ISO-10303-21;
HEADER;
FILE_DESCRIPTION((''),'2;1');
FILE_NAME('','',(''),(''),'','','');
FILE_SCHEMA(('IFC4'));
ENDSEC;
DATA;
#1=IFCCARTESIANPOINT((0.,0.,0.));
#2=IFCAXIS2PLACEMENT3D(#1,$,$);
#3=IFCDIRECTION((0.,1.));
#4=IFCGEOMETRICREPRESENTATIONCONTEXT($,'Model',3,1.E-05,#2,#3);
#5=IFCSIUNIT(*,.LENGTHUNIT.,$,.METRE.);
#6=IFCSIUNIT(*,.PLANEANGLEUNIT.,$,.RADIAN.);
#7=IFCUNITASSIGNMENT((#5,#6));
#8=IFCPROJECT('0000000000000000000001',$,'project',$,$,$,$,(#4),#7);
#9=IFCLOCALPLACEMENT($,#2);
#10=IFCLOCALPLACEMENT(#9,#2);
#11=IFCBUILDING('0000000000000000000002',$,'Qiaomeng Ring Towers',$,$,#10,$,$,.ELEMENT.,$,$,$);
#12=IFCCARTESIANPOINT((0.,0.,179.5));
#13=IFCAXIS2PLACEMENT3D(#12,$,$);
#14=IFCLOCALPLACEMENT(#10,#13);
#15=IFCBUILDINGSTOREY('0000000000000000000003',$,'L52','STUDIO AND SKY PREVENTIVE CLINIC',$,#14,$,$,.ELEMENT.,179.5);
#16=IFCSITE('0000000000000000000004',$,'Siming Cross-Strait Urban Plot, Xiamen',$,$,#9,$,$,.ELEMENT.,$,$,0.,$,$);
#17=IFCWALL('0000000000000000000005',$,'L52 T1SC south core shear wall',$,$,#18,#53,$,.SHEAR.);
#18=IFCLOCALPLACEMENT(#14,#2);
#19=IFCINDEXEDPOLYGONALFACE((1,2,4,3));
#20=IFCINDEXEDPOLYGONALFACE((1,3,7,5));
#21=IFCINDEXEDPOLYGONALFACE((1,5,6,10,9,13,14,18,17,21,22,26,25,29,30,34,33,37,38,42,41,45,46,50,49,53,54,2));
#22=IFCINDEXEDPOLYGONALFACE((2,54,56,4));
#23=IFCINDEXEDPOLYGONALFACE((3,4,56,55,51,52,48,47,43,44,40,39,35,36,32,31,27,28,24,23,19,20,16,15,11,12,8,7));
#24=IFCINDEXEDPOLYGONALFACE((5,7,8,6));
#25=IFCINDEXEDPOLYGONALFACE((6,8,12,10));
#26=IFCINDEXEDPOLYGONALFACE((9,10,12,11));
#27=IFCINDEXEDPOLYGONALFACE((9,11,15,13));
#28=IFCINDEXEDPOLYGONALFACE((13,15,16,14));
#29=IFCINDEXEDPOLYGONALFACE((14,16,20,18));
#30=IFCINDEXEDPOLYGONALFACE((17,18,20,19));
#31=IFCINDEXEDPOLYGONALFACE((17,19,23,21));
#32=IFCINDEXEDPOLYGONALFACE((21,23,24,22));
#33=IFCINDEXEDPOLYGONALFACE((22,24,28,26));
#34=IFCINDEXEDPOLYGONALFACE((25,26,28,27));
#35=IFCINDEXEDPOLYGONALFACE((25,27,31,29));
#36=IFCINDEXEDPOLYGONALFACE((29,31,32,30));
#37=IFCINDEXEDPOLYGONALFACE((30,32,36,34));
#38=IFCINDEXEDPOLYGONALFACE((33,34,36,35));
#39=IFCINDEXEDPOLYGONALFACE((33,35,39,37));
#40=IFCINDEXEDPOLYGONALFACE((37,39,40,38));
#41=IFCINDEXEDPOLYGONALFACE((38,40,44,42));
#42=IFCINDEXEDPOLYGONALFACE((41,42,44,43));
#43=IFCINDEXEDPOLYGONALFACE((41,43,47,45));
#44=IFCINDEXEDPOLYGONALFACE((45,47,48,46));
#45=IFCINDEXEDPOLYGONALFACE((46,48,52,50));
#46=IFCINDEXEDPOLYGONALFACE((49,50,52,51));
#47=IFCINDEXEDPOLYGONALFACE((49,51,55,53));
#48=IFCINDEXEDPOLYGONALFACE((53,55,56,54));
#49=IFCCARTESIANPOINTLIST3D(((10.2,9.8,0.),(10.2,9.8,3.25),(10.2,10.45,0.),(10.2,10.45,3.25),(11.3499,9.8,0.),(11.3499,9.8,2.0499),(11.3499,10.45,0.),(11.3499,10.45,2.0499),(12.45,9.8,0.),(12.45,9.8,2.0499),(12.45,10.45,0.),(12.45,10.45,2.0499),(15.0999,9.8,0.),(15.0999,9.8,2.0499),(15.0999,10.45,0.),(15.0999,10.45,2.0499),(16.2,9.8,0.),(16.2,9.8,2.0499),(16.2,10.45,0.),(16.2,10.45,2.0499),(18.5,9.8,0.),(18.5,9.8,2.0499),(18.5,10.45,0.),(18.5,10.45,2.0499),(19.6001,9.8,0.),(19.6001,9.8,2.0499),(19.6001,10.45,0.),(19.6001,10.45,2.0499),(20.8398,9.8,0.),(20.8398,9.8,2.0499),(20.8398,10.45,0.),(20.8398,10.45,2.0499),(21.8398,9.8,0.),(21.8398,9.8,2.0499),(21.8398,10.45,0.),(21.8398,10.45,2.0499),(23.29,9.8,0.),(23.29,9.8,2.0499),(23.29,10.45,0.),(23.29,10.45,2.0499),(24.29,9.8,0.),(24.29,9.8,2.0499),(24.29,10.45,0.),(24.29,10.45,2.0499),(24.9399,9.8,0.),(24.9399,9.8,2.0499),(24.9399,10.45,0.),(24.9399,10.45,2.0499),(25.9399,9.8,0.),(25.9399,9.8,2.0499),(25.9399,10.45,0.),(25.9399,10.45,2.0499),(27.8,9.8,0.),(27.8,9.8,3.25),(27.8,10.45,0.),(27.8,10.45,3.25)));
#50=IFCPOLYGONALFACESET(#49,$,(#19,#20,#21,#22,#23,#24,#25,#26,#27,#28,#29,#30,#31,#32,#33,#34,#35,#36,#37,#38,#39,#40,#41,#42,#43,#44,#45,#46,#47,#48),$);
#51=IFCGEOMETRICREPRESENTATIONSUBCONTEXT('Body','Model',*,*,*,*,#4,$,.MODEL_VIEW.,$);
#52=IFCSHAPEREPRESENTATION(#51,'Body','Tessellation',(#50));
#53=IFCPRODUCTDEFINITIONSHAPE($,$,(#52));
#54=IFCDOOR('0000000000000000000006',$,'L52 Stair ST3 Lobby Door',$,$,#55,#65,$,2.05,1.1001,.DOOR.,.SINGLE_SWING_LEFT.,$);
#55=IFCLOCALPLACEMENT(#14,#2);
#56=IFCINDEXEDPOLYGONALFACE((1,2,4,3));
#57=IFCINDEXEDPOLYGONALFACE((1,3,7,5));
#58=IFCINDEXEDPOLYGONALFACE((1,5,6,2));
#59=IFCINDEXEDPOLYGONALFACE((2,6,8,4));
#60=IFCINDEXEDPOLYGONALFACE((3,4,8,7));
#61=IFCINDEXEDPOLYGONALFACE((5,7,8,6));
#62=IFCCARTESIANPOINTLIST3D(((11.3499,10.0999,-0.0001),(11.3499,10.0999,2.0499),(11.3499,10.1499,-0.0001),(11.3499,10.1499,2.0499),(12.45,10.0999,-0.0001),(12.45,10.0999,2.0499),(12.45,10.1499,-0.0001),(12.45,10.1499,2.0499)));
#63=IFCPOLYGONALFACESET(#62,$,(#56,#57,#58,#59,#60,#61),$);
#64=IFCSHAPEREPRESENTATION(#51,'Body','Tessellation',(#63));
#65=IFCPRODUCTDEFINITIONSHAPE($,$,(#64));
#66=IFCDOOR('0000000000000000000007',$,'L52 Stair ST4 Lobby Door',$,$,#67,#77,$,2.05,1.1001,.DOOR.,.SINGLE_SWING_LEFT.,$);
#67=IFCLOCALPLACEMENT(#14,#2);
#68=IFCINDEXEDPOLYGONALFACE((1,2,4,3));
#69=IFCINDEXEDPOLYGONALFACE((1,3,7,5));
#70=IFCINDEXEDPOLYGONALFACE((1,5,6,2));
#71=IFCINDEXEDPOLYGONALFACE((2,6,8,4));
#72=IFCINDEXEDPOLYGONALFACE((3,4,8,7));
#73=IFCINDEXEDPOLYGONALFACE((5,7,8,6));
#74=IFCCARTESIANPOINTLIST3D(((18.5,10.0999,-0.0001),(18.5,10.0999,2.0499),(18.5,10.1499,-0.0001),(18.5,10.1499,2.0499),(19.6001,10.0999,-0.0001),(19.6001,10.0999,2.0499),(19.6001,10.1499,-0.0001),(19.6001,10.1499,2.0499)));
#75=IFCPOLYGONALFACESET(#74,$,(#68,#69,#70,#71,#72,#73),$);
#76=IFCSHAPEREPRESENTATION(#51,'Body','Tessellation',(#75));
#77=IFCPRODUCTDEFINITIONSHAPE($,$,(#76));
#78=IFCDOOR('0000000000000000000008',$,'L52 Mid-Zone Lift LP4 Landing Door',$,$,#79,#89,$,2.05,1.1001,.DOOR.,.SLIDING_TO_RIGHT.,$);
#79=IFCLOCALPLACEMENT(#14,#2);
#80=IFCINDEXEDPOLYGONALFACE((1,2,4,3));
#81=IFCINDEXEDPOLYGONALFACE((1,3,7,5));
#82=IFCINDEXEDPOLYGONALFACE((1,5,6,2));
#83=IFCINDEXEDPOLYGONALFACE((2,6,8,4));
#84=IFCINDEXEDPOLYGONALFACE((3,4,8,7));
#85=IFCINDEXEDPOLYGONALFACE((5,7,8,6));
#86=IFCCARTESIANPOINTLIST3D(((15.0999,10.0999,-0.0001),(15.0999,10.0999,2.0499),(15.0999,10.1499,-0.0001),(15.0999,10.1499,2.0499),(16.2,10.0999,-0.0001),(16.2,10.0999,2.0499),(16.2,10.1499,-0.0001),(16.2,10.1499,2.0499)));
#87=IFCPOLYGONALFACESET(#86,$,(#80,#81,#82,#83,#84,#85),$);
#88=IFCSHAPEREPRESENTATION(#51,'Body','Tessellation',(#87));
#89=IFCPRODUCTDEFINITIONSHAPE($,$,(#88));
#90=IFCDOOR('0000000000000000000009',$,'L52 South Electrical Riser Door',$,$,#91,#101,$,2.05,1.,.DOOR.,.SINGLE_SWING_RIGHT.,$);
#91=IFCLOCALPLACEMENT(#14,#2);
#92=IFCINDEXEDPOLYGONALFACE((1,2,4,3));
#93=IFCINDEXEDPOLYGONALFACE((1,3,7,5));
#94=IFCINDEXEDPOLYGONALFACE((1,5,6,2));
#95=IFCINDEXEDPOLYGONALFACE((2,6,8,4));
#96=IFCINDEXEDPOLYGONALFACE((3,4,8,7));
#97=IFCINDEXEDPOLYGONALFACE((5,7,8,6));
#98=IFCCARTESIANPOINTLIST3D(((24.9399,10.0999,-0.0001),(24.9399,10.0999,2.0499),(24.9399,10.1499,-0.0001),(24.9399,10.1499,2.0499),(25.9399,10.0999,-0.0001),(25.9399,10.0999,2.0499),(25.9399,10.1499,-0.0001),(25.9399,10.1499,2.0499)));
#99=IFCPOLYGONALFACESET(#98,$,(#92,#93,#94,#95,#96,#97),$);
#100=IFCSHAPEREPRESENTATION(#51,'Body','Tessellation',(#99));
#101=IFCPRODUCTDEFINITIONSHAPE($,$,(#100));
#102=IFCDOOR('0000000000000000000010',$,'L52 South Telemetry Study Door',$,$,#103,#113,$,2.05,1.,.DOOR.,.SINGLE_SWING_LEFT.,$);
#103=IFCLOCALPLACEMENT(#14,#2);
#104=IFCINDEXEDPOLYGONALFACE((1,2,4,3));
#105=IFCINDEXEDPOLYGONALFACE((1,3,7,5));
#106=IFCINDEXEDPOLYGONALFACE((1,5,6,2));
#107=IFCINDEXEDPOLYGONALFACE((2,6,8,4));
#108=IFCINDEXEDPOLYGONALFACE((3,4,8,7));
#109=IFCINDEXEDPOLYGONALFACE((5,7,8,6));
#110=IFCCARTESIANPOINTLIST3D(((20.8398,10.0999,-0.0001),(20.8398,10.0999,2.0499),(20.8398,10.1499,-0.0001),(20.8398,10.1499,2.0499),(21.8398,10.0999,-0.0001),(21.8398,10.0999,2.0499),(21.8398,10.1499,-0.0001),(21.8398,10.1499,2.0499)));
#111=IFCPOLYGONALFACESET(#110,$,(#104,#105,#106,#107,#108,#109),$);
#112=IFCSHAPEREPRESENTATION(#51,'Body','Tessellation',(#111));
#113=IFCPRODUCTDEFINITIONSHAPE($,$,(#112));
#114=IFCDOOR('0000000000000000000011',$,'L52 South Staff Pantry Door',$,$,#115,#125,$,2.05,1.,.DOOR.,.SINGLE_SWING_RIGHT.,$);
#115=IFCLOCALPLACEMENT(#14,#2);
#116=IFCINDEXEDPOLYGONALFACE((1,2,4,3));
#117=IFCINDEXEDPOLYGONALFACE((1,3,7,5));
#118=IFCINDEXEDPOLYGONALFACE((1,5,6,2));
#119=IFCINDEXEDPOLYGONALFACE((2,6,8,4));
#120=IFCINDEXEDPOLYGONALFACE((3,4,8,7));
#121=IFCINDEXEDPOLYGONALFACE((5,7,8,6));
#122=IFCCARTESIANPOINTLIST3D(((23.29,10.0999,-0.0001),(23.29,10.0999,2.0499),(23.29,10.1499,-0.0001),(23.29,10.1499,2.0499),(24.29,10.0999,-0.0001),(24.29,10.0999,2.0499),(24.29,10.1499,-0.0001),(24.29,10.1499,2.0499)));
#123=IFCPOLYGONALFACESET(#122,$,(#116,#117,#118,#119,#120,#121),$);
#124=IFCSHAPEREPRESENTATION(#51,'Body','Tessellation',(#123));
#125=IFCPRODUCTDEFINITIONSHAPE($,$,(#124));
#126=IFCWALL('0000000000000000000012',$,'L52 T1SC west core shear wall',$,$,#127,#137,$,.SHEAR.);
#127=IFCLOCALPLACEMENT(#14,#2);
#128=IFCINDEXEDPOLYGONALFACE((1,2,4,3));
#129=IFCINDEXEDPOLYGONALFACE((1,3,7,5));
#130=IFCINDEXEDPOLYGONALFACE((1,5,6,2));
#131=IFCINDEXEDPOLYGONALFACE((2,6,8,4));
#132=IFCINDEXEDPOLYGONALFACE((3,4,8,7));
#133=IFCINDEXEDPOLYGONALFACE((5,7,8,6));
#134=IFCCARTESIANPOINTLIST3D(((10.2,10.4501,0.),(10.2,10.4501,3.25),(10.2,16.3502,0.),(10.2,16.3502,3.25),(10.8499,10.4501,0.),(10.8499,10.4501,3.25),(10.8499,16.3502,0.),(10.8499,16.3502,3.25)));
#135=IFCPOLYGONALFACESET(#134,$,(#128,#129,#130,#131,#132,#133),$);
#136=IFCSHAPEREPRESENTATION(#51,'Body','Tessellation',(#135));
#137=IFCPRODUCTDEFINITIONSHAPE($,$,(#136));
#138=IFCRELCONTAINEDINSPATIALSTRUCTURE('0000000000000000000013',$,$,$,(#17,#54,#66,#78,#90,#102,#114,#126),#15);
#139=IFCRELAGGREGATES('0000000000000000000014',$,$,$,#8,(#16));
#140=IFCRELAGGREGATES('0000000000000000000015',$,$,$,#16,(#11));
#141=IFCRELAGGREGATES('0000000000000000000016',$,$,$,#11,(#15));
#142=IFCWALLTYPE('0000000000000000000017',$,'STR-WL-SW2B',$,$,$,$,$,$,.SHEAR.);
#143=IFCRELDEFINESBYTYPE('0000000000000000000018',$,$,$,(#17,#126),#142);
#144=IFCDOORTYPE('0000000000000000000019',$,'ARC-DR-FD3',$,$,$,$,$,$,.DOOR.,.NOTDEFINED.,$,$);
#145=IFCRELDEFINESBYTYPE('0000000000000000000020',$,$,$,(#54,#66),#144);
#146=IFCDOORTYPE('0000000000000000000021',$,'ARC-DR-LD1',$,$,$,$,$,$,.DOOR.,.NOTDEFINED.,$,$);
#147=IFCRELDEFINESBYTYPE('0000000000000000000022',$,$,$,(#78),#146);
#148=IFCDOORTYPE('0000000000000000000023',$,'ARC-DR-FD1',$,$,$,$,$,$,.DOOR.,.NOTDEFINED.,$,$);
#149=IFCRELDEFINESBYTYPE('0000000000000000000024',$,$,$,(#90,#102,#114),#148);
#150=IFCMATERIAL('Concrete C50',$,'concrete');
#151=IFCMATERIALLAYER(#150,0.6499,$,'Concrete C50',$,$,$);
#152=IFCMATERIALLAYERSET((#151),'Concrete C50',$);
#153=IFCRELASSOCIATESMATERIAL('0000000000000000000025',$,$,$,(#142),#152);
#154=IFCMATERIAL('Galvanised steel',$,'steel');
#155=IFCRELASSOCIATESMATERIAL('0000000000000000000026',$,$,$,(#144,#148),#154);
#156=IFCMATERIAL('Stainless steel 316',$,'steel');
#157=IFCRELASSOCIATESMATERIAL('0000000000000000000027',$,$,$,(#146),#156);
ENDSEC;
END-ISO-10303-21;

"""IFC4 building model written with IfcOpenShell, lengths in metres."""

from ifc_helpers import new_model, si_unit, direction, frame, frame_2d, origin, place, context, subcontext, project, spatial, rectangle, extrude, source, transform, mapped, material, layer, layer_set, type_object, element, fill, save


model = new_model("IFC4")

# Units and contexts
model_context = context("Model", 3, precision=1e-05, world=origin(), true_north=direction((0.0, 1.0)))
body_context = subcontext(model_context, "Body", "Model", "MODEL_VIEW")
ifc_project = project(units=[si_unit("LENGTHUNIT", "METRE"), si_unit("PLANEANGLEUNIT", "RADIAN")], contexts=[model_context])

# Site, building, storey
site_placement = place(None, origin())
site = spatial("IfcSite", under=ifc_project, at=site_placement, Name="Siming Cross-Strait Urban Plot, Xiamen", CompositionType="ELEMENT", RefElevation=0.0)
building_placement = place(site_placement, origin())
building = spatial("IfcBuilding", under=site, at=building_placement, Name="Qiaomeng Ring Towers", CompositionType="ELEMENT")
storey_placement = place(building_placement, frame((0.0, 0.0, 179.5)))
storey = spatial("IfcBuildingStorey", under=building, at=storey_placement, Name="L52", Description="STUDIO AND SKY PREVENTIVE CLINIC", CompositionType="ELEMENT", Elevation=179.5)

# Wall, openings, doors
shared_shape_1 = source(origin(), body_context, "Body", "SweptSolid", [
    extrude(rectangle(XDim=1.0, YDim=2.05, at=frame_2d((0.5, 1.0249))), frame((0.0, 0.0249, 0.0), z_axis=(0.0, -1.0, 0.0), x_axis=(1.0, 0.0, 0.0)), (0.0, 0.0, 1.0), 0.05),
])
ifc_material_1 = material(Name="Concrete C50", Category="concrete")
ifc_layer_1 = layer(ifc_material_1, 0.6499, Name="Concrete C50")
ifc_layer_set_1 = layer_set([ifc_layer_1], Name="Concrete C50")
wall_type_1 = type_object("IfcWallType", Name="STR-WL-SW2B", PredefinedType="SHEAR", material=ifc_layer_set_1)
wall_1_placement = place(storey_placement, frame((10.2, 10.125, 0.0), z_axis=(0.0, 0.0, 1.0), x_axis=(1.0, 0.0, 0.0)))
wall_1 = element("IfcWall", 1, at=wall_1_placement, inside=storey, type_object=wall_type_1, Name="L52 T1SC south core shear wall", PredefinedType="SHEAR", context=body_context, shape_type="SweptSolid", body=[
    extrude(rectangle(XDim=17.6001, YDim=0.6499, at=frame_2d((8.8, 0.0))), origin(), (0.0, 0.0, 1.0), 3.25),
])
opening_1_placement = place(wall_1_placement, frame((1.1499, 0.0, 0.0)))
opening_1 = element("IfcOpeningElement", 2, at=opening_1_placement, cuts=wall_1, PredefinedType="OPENING", context=body_context, shape_type="SweptSolid", body=[
    extrude(rectangle(XDim=1.1001, YDim=2.05, at=frame_2d((0.55, 1.0249))), frame((0.0, 0.335, 0.0), z_axis=(0.0, -1.0, 0.0), x_axis=(1.0, 0.0, 0.0)), (0.0, 0.0, 1.0), 0.6699),
])
opening_2_placement = place(wall_1_placement, frame((8.3, 0.0, 0.0)))
opening_2 = element("IfcOpeningElement", 3, at=opening_2_placement, cuts=wall_1, PredefinedType="OPENING", context=body_context, shape_type="SweptSolid", body=[
    extrude(rectangle(XDim=1.1001, YDim=2.05, at=frame_2d((0.55, 1.0249))), frame((0.0, 0.335, 0.0), z_axis=(0.0, -1.0, 0.0), x_axis=(1.0, 0.0, 0.0)), (0.0, 0.0, 1.0), 0.6699),
])
opening_3_placement = place(wall_1_placement, frame((4.8999, 0.0, 0.0)))
opening_3 = element("IfcOpeningElement", 4, at=opening_3_placement, cuts=wall_1, PredefinedType="OPENING", context=body_context, shape_type="SweptSolid", body=[
    extrude(rectangle(XDim=1.1001, YDim=2.05, at=frame_2d((0.55, 1.0249))), frame((0.0, 0.335, 0.0), z_axis=(0.0, -1.0, 0.0), x_axis=(1.0, 0.0, 0.0)), (0.0, 0.0, 1.0), 0.6699),
])
opening_4_placement = place(wall_1_placement, frame((14.74, 0.0, 0.0)))
opening_4 = element("IfcOpeningElement", 5, at=opening_4_placement, cuts=wall_1, PredefinedType="OPENING", context=body_context, shape_type="SweptSolid", body=[
    extrude(rectangle(XDim=1.0, YDim=2.05, at=frame_2d((0.5, 1.0249))), frame((0.0, 0.335, 0.0), z_axis=(0.0, -1.0, 0.0), x_axis=(1.0, 0.0, 0.0)), (0.0, 0.0, 1.0), 0.6699),
])
opening_5_placement = place(wall_1_placement, frame((10.6399, 0.0, 0.0)))
opening_5 = element("IfcOpeningElement", 6, at=opening_5_placement, cuts=wall_1, PredefinedType="OPENING", context=body_context, shape_type="SweptSolid", body=[
    extrude(rectangle(XDim=1.0, YDim=2.05, at=frame_2d((0.5, 1.0249))), frame((0.0, 0.335, 0.0), z_axis=(0.0, -1.0, 0.0), x_axis=(1.0, 0.0, 0.0)), (0.0, 0.0, 1.0), 0.6699),
])
opening_6_placement = place(wall_1_placement, frame((13.0901, 0.0, 0.0)))
opening_6 = element("IfcOpeningElement", 7, at=opening_6_placement, cuts=wall_1, PredefinedType="OPENING", context=body_context, shape_type="SweptSolid", body=[
    extrude(rectangle(XDim=1.0, YDim=2.05, at=frame_2d((0.5, 1.0249))), frame((0.0, 0.335, 0.0), z_axis=(0.0, -1.0, 0.0), x_axis=(1.0, 0.0, 0.0)), (0.0, 0.0, 1.0), 0.6699),
])
ifc_material_2 = material(Name="Galvanised steel", Category="steel")
door_type_1 = type_object("IfcDoorType", Name="ARC-DR-FD3", OperationType="NOTDEFINED", PredefinedType="DOOR", material=ifc_material_2)
shared_shape_2 = source(origin(), body_context, "Body", "SweptSolid", [
    extrude(rectangle(XDim=1.1001, YDim=2.05, at=frame_2d((0.55, 1.0249))), frame((0.0, 0.0249, 0.0), z_axis=(0.0, -1.0, 0.0), x_axis=(1.0, 0.0, 0.0)), (0.0, 0.0, 1.0), 0.05),
])
door_1_placement = place(opening_1_placement, origin())
door_1 = element("IfcDoor", 8, at=door_1_placement, inside=storey, type_object=door_type_1, Name="L52 Stair ST3 Lobby Door", OperationType="SINGLE_SWING_LEFT", OverallHeight=2.05, OverallWidth=1.1001, PredefinedType="DOOR", context=body_context, shape_type="MappedRepresentation", body=[
    mapped(shared_shape_2, transform((0.0, 0.0, 0.0), x_axis=(1.0, 0.0, 0.0), y_axis=(0.0, 1.0, 0.0), z_axis=(0.0, 0.0, 1.0), scale=1.0)),
])
fill(opening_1, door_1)
door_2_placement = place(opening_2_placement, origin())
door_2 = element("IfcDoor", 9, at=door_2_placement, inside=storey, type_object=door_type_1, Name="L52 Stair ST4 Lobby Door", OperationType="SINGLE_SWING_LEFT", OverallHeight=2.05, OverallWidth=1.1001, PredefinedType="DOOR", context=body_context, shape_type="MappedRepresentation", body=[
    mapped(shared_shape_2, transform((0.0, 0.0, 0.0), x_axis=(1.0, 0.0, 0.0), y_axis=(0.0, 1.0, 0.0), z_axis=(0.0, 0.0, 1.0), scale=1.0)),
])
fill(opening_2, door_2)
ifc_material_3 = material(Name="Stainless steel 316", Category="steel")
door_type_2 = type_object("IfcDoorType", Name="ARC-DR-LD1", OperationType="NOTDEFINED", PredefinedType="DOOR", material=ifc_material_3)
door_3_placement = place(opening_3_placement, origin())
door_3 = element("IfcDoor", 10, at=door_3_placement, inside=storey, type_object=door_type_2, Name="L52 Mid-Zone Lift LP4 Landing Door", OperationType="SLIDING_TO_RIGHT", OverallHeight=2.05, OverallWidth=1.1001, PredefinedType="DOOR", context=body_context, shape_type="MappedRepresentation", body=[
    mapped(shared_shape_2, transform((0.0, 0.0, 0.0), x_axis=(1.0, 0.0, 0.0), y_axis=(0.0, 1.0, 0.0), z_axis=(0.0, 0.0, 1.0), scale=1.0)),
])
fill(opening_3, door_3)
door_type_3 = type_object("IfcDoorType", Name="ARC-DR-FD1", OperationType="NOTDEFINED", PredefinedType="DOOR", material=ifc_material_2)
door_4_placement = place(opening_4_placement, origin())
door_4 = element("IfcDoor", 11, at=door_4_placement, inside=storey, type_object=door_type_3, Name="L52 South Electrical Riser Door", OperationType="SINGLE_SWING_RIGHT", OverallHeight=2.05, OverallWidth=1.0, PredefinedType="DOOR", context=body_context, shape_type="MappedRepresentation", body=[
    mapped(shared_shape_1, transform((0.0, 0.0, 0.0), x_axis=(1.0, 0.0, 0.0), y_axis=(0.0, 1.0, 0.0), z_axis=(0.0, 0.0, 1.0), scale=1.0)),
])
fill(opening_4, door_4)
door_5_placement = place(opening_5_placement, origin())
door_5 = element("IfcDoor", 12, at=door_5_placement, inside=storey, type_object=door_type_3, Name="L52 South Telemetry Study Door", OperationType="SINGLE_SWING_LEFT", OverallHeight=2.05, OverallWidth=1.0, PredefinedType="DOOR", context=body_context, shape_type="MappedRepresentation", body=[
    mapped(shared_shape_1, transform((0.0, 0.0, 0.0), x_axis=(1.0, 0.0, 0.0), y_axis=(0.0, 1.0, 0.0), z_axis=(0.0, 0.0, 1.0), scale=1.0)),
])
fill(opening_5, door_5)
door_6_placement = place(opening_6_placement, origin())
door_6 = element("IfcDoor", 13, at=door_6_placement, inside=storey, type_object=door_type_3, Name="L52 South Staff Pantry Door", OperationType="SINGLE_SWING_RIGHT", OverallHeight=2.05, OverallWidth=1.0, PredefinedType="DOOR", context=body_context, shape_type="MappedRepresentation", body=[
    mapped(shared_shape_1, transform((0.0, 0.0, 0.0), x_axis=(1.0, 0.0, 0.0), y_axis=(0.0, 1.0, 0.0), z_axis=(0.0, 0.0, 1.0), scale=1.0)),
])
fill(opening_6, door_6)

# Wall
wall_2_placement = place(storey_placement, frame((10.5249, 10.45, 0.0), z_axis=(0.0, 0.0, 1.0), x_axis=(0.0, 1.0, 0.0)))
element("IfcWall", 14, at=wall_2_placement, inside=storey, type_object=wall_type_1, Name="L52 T1SC west core shear wall", PredefinedType="SHEAR", context=body_context, shape_type="SweptSolid", body=[
    extrude(rectangle(XDim=5.9001, YDim=0.6499, at=frame_2d((2.9502, 0.0))), origin(), (0.0, 0.0, 1.0), 3.25),
])

save(model, "model.ifc")
